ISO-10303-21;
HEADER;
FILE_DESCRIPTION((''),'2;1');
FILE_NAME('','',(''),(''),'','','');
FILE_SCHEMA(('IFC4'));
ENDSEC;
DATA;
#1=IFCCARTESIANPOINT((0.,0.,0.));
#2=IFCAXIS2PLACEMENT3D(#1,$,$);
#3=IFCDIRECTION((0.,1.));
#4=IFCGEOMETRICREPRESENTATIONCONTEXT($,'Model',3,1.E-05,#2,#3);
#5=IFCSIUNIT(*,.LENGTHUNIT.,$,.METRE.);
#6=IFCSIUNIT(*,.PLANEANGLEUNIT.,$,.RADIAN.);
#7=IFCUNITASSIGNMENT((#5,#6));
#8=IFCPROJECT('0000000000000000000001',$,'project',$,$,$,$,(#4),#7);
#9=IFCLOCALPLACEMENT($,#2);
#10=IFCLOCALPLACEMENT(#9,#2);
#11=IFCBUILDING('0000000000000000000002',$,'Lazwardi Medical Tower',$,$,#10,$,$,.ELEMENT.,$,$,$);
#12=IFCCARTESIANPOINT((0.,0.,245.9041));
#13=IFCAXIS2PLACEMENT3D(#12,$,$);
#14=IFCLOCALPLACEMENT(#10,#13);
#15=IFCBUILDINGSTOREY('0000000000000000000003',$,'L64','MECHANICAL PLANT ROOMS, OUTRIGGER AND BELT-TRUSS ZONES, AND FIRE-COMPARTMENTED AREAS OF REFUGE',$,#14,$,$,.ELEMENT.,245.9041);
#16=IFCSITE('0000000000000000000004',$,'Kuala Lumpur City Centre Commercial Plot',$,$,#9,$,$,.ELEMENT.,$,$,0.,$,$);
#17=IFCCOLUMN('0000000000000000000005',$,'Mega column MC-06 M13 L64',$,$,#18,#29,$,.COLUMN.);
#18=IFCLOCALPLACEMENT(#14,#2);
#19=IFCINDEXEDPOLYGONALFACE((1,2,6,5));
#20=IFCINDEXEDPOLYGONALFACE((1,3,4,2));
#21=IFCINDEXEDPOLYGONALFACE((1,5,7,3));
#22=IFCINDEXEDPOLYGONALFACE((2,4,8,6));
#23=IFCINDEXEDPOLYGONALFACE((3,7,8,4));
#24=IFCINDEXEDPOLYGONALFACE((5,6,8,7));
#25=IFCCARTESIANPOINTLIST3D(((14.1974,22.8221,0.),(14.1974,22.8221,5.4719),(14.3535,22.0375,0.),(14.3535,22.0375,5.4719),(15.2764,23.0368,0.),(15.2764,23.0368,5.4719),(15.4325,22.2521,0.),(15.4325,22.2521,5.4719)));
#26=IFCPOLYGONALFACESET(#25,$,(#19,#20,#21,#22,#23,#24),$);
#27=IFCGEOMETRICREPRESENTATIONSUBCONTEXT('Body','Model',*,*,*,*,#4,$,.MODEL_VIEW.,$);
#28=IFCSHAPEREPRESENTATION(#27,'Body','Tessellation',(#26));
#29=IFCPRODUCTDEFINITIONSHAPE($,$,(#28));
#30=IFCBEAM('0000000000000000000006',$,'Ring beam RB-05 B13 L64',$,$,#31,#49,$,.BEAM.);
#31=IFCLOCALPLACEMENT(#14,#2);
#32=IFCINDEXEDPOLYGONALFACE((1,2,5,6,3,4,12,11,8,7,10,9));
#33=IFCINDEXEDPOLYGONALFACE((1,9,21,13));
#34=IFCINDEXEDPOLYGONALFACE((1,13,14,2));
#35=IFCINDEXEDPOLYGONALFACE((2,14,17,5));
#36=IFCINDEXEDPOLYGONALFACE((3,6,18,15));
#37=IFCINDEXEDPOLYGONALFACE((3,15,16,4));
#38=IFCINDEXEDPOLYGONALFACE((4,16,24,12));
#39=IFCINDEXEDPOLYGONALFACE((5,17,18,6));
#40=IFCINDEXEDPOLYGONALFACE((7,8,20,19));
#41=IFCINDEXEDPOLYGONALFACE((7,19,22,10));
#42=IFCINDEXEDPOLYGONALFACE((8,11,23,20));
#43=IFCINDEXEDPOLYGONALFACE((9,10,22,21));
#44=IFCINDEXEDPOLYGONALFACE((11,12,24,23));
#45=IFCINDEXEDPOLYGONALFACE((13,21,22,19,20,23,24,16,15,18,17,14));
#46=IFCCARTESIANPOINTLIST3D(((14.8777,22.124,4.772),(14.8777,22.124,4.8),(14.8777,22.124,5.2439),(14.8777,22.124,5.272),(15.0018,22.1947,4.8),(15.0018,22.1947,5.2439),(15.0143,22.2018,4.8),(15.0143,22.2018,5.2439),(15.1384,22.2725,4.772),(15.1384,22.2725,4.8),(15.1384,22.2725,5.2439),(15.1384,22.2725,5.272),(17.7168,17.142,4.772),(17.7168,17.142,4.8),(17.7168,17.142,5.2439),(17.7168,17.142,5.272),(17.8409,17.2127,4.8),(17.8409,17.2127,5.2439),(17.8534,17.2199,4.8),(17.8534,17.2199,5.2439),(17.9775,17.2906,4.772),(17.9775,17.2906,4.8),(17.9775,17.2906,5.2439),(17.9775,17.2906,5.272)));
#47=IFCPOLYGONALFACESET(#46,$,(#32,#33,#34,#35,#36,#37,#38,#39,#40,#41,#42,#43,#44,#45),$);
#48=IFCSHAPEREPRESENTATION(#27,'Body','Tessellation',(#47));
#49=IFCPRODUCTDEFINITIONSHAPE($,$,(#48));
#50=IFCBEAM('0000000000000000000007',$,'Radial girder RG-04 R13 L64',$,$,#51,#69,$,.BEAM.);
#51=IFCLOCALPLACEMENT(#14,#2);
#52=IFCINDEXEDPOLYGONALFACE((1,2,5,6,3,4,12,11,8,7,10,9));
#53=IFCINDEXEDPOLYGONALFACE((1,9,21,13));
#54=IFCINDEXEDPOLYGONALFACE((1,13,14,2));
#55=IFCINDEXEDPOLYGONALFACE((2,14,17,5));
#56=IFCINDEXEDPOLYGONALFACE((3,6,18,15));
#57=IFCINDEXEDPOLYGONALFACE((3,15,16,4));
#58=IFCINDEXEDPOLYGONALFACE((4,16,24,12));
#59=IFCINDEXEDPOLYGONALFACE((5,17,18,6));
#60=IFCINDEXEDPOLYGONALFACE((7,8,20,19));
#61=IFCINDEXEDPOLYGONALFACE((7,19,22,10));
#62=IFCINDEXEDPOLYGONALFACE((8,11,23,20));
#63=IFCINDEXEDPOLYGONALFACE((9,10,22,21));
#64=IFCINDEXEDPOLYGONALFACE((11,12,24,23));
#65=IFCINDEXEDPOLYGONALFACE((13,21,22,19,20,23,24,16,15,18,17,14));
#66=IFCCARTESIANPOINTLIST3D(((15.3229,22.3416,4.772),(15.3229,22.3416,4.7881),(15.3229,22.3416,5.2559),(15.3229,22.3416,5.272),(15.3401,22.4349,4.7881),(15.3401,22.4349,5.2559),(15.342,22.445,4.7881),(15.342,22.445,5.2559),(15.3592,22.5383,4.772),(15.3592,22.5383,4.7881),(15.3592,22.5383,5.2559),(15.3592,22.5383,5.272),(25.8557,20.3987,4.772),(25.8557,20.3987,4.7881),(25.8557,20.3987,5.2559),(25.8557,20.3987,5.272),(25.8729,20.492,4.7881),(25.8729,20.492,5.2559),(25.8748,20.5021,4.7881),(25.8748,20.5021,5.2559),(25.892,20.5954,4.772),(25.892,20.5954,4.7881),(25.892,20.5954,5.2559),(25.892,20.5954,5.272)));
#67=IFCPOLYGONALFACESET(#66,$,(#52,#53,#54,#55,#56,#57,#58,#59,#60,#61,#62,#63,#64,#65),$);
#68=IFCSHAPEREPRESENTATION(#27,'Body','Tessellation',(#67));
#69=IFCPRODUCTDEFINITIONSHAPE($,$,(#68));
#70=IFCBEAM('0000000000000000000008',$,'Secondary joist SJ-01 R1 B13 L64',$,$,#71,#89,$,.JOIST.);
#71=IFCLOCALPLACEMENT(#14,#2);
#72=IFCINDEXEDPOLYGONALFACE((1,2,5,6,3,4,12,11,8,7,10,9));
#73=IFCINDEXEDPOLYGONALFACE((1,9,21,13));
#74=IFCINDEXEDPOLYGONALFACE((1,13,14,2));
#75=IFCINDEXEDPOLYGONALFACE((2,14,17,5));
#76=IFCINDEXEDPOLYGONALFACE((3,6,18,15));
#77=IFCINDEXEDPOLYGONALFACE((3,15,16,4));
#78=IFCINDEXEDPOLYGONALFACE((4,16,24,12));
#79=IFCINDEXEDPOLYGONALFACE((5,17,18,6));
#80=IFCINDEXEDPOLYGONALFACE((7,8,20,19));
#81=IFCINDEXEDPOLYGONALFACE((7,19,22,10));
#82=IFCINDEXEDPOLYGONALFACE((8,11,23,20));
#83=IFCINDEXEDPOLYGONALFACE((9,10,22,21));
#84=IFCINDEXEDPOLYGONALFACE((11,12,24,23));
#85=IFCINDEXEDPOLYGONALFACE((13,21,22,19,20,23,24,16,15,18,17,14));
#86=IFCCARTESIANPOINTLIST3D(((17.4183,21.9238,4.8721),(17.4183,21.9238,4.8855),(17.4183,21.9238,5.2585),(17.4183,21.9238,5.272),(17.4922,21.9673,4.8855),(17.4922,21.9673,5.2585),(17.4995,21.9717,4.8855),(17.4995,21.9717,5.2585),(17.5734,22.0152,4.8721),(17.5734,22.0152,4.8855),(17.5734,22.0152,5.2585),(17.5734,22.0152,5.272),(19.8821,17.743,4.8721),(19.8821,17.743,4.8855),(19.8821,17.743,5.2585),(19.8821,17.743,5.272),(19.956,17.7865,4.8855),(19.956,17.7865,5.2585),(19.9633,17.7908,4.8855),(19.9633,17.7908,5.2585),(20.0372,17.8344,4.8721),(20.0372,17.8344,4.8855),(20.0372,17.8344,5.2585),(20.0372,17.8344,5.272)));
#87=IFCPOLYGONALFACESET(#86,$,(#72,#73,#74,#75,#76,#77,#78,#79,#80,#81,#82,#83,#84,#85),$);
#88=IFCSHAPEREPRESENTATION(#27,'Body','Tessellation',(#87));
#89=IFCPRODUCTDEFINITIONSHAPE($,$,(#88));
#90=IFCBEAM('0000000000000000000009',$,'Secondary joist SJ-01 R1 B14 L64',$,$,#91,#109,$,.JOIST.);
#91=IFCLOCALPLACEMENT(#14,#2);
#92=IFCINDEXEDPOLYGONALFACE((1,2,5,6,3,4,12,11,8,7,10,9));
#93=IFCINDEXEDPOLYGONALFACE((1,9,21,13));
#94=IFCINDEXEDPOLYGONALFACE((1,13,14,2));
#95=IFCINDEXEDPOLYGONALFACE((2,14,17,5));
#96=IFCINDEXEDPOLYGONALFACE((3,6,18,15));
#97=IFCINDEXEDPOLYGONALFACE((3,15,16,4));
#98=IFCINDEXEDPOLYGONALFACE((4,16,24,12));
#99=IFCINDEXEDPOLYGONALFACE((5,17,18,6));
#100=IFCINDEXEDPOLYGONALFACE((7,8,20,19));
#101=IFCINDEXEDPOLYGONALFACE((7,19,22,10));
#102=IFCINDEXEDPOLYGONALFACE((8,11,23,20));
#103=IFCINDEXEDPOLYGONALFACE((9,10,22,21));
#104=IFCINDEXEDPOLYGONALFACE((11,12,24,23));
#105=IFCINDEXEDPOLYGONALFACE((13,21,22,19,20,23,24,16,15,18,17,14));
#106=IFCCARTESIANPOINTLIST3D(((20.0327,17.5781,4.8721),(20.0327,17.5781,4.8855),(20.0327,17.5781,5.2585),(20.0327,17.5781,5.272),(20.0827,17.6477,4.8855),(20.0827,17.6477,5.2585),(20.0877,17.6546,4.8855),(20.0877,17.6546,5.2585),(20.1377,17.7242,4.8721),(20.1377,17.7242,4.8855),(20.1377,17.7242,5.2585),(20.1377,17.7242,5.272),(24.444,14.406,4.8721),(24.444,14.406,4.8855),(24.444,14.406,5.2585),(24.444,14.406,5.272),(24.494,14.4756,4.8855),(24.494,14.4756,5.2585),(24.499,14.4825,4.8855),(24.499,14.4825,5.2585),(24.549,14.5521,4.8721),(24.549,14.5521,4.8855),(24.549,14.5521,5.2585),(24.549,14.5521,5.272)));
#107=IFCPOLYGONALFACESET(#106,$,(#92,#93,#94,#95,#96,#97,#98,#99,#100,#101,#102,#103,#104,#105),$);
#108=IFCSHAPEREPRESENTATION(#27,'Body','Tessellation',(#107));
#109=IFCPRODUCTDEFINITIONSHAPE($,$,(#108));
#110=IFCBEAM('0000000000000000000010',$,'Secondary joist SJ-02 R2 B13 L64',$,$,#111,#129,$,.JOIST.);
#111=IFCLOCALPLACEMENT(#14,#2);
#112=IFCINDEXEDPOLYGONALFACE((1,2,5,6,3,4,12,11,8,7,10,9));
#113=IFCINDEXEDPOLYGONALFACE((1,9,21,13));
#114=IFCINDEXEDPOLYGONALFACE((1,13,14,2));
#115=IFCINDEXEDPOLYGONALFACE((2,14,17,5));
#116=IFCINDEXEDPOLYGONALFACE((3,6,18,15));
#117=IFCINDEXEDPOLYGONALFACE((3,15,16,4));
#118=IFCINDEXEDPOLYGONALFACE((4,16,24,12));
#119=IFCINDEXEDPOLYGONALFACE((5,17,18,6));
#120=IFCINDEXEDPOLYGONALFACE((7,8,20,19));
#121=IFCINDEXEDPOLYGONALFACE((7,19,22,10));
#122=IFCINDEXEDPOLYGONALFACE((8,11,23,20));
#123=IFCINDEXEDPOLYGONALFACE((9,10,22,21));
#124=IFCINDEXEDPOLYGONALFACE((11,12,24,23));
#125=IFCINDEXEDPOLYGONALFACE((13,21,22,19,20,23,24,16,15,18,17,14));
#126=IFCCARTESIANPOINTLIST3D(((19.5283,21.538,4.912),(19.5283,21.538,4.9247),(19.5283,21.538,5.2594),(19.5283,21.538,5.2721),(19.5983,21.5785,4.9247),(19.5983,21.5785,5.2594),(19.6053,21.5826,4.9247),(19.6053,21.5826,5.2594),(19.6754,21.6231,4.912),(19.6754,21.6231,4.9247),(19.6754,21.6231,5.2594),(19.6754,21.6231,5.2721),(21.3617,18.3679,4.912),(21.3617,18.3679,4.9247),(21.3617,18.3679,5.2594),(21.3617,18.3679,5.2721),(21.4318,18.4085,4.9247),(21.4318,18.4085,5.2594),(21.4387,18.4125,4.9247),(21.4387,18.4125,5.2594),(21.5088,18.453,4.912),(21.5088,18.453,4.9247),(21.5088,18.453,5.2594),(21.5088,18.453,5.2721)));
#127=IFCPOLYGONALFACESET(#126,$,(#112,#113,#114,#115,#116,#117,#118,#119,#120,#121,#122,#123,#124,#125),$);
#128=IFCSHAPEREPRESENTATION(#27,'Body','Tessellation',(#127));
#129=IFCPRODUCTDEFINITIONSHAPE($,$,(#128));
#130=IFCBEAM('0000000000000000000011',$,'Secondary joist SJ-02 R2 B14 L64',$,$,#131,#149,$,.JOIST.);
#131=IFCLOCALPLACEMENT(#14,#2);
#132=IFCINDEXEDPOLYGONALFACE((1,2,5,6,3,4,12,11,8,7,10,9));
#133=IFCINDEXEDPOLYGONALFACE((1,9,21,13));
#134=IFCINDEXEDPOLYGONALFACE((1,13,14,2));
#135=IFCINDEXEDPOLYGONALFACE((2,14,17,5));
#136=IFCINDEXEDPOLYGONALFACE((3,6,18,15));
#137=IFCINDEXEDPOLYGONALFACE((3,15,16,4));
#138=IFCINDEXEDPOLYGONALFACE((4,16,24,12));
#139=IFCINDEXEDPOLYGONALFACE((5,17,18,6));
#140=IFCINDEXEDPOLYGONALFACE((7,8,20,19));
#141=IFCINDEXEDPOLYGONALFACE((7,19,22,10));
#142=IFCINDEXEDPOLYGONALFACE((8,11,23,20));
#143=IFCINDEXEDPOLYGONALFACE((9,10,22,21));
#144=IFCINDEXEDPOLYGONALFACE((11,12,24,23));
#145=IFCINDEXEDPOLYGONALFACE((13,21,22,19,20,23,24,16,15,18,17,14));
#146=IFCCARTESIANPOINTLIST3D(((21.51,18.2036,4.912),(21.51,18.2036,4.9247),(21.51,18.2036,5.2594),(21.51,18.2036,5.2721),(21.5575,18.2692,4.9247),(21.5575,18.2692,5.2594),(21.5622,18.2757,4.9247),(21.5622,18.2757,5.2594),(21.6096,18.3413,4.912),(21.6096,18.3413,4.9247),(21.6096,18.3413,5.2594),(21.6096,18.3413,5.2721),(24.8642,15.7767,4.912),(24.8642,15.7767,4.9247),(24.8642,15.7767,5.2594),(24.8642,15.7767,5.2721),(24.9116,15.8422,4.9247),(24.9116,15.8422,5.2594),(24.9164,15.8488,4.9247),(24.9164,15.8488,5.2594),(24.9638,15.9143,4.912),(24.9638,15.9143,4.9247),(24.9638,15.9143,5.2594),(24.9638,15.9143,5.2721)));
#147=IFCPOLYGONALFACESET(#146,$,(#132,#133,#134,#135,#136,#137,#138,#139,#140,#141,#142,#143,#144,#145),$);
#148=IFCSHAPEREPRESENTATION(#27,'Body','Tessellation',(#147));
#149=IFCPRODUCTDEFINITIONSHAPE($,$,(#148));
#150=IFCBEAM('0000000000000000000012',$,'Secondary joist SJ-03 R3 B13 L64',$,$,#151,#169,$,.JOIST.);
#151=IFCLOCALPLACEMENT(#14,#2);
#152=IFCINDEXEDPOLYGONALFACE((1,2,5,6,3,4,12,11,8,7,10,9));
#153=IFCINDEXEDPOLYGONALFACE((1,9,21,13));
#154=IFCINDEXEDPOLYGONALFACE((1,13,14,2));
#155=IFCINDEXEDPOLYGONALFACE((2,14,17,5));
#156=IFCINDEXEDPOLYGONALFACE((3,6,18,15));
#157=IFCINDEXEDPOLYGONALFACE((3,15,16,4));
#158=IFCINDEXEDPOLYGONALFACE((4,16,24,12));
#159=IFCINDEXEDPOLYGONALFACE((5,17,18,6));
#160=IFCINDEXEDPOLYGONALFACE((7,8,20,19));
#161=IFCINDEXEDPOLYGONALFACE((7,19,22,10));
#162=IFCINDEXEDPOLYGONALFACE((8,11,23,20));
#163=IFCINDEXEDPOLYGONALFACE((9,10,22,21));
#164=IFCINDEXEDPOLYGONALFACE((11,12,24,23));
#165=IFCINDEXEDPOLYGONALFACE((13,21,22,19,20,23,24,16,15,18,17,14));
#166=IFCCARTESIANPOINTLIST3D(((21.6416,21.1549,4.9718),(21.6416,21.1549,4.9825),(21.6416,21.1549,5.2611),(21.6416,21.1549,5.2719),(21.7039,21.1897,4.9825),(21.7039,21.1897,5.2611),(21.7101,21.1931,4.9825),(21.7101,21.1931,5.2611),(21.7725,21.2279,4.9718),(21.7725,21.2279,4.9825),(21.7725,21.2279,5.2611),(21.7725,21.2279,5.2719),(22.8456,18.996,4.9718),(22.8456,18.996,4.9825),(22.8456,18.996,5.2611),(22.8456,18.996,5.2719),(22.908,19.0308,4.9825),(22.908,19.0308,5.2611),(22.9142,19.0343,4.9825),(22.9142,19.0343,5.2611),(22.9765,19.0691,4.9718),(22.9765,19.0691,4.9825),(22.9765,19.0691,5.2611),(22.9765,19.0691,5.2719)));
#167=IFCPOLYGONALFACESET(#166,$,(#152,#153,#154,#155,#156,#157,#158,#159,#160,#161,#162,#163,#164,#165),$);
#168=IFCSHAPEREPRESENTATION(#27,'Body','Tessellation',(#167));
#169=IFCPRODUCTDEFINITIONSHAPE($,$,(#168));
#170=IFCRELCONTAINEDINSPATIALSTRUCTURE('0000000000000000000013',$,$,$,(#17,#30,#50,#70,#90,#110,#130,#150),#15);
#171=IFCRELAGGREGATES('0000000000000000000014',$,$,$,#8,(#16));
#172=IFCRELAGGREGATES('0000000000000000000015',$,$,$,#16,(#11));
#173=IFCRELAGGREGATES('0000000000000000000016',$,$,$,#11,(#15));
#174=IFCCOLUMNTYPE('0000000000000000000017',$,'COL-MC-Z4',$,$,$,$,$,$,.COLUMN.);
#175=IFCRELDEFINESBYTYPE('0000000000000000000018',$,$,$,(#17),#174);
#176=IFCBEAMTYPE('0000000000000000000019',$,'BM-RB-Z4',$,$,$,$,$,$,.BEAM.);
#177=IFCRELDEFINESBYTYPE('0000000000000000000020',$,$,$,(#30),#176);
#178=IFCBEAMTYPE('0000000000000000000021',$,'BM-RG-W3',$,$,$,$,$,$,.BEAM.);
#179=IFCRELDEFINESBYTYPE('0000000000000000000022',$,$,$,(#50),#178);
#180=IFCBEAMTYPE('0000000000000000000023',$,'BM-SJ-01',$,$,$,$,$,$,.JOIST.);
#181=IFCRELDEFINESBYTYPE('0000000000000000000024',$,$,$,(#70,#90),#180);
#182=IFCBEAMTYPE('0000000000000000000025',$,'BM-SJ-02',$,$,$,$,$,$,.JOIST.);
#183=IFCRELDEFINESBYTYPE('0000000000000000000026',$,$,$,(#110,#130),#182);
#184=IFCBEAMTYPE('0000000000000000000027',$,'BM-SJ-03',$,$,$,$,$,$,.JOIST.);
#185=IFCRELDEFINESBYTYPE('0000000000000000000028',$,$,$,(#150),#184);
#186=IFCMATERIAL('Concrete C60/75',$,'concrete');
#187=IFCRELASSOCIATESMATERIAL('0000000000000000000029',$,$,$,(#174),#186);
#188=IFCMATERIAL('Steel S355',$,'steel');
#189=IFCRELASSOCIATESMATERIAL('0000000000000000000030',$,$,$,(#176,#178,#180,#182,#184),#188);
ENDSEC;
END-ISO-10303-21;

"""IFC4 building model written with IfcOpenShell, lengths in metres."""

from ifc_helpers import new_model, si_unit, direction, frame, origin, origin_2d, place, context, subcontext, project, spatial, rectangle, i_section, extrude, material, material_profile, profile_set, type_object, element, save


model = new_model("IFC4")

# Units and contexts
model_context = context("Model", 3, precision=1e-05, world=origin(), true_north=direction((0.0, 1.0)))
body_context = subcontext(model_context, "Body", "Model", "MODEL_VIEW")
ifc_project = project(units=[si_unit("LENGTHUNIT", "METRE"), si_unit("PLANEANGLEUNIT", "RADIAN")], contexts=[model_context])

# Site, building, storey
site_placement = place(None, origin())
site = spatial("IfcSite", under=ifc_project, at=site_placement, Name="Kuala Lumpur City Centre Commercial Plot", CompositionType="ELEMENT", RefElevation=0.0)
building_placement = place(site_placement, origin())
building = spatial("IfcBuilding", under=site, at=building_placement, Name="Lazwardi Medical Tower", CompositionType="ELEMENT")
storey_placement = place(building_placement, frame((0.0, 0.0, 245.9041)))
storey = spatial("IfcBuildingStorey", under=building, at=storey_placement, Name="L64", Description="MECHANICAL PLANT ROOMS, OUTRIGGER AND BELT-TRUSS ZONES, AND FIRE-COMPARTMENTED AREAS OF REFUGE", CompositionType="ELEMENT", Elevation=245.9041)

# Column
ifc_material_1 = material(Name="Concrete C60/75", Category="concrete")
ifc_material_profile_1 = material_profile(ifc_material_1, rectangle(XDim=1.1001, YDim=0.8, at=origin_2d()), Name="CFT-RECT 1100x800")
ifc_profile_set_1 = profile_set([ifc_material_profile_1], Name="Concrete C60/75")
column_type = type_object("IfcColumnType", Name="COL-MC-Z4", PredefinedType="COLUMN", material=ifc_profile_set_1)
column_placement = place(storey_placement, frame((14.8149, 22.5371, 0.0), z_axis=(0.0, 0.0, 1.0), x_axis=(-0.980785, -0.19509, 0.0)))
element("IfcColumn", 1, at=column_placement, inside=storey, type_object=column_type, Name="Mega column MC-06 M13 L64", PredefinedType="COLUMN", context=body_context, shape_type="SweptSolid", body=[
    extrude(rectangle(XDim=1.1001, YDim=0.8, at=origin_2d()), origin(), (0.0, 0.0, 1.0), 5.4719),
])

# Beams
ifc_material_2 = material(Name="Steel S355", Category="steel")
ifc_material_profile_2 = material_profile(ifc_material_2, i_section(OverallWidth=0.3, OverallDepth=0.5, WebThickness=0.0144, FlangeThickness=0.0281, at=origin_2d()), Name="HEB 500")
ifc_profile_set_2 = profile_set([ifc_material_profile_2], Name="Steel S355")
beam_type_1 = type_object("IfcBeamType", Name="BM-RB-Z4", PredefinedType="BEAM", material=ifc_profile_set_2)
beam_1_placement = place(storey_placement, frame((15.0081, 22.1982, 5.022), z_axis=(0.495125, -0.868822, 0.0), x_axis=(0.868822, 0.495125, 0.0)))
element("IfcBeam", 2, at=beam_1_placement, inside=storey, type_object=beam_type_1, Name="Ring beam RB-05 B13 L64", PredefinedType="BEAM", context=body_context, shape_type="SweptSolid", body=[
    extrude(i_section(OverallWidth=0.3, OverallDepth=0.5, WebThickness=0.0144, FlangeThickness=0.0281, at=origin_2d()), origin(), (0.0, 0.0, 1.0), 5.7341),
])
ifc_material_profile_3 = material_profile(ifc_material_2, i_section(OverallWidth=0.2, OverallDepth=0.5, WebThickness=0.0103, FlangeThickness=0.0161, at=origin_2d()), Name="IPE 500")
ifc_profile_set_3 = profile_set([ifc_material_profile_3], Name="Steel S355")
beam_type_2 = type_object("IfcBeamType", Name="BM-RG-W3", PredefinedType="BEAM", material=ifc_profile_set_3)
beam_2_placement = place(storey_placement, frame((15.3411, 22.4399, 5.022), z_axis=(0.983409, -0.1814, 0.0), x_axis=(0.1814, 0.983409, 0.0)))
element("IfcBeam", 3, at=beam_2_placement, inside=storey, type_object=beam_type_2, Name="Radial girder RG-04 R13 L64", PredefinedType="BEAM", context=body_context, shape_type="SweptSolid", body=[
    extrude(i_section(OverallWidth=0.2, OverallDepth=0.5, WebThickness=0.0103, FlangeThickness=0.0161, at=origin_2d()), origin(), (0.0, 0.0, 1.0), 10.7104),
])
ifc_material_profile_4 = material_profile(ifc_material_2, i_section(OverallWidth=0.1799, OverallDepth=0.3999, WebThickness=0.0085, FlangeThickness=0.0134, at=origin_2d()), Name="IPE 400")
ifc_profile_set_4 = profile_set([ifc_material_profile_4], Name="Steel S355")
beam_type_3 = type_object("IfcBeamType", Name="BM-SJ-01", PredefinedType="JOIST", material=ifc_profile_set_4)
beam_3_placement = place(storey_placement, frame((17.4958, 21.9695, 5.072), z_axis=(0.50771, -0.861528, 0.0), x_axis=(0.861528, 0.50771, 0.0)))
element("IfcBeam", 4, at=beam_3_placement, inside=storey, type_object=beam_type_3, Name="Secondary joist SJ-01 R1 B13 L64", PredefinedType="JOIST", context=body_context, shape_type="SweptSolid", body=[
    extrude(i_section(OverallWidth=0.1799, OverallDepth=0.3999, WebThickness=0.0085, FlangeThickness=0.0134, at=origin_2d()), origin(), (0.0, 0.0, 1.0), 4.8528),
])
beam_4_placement = place(storey_placement, frame((20.0852, 17.6511, 5.072), z_axis=(0.81189, -0.583811, 0.0), x_axis=(0.583811, 0.81189, 0.0)))
element("IfcBeam", 5, at=beam_4_placement, inside=storey, type_object=beam_type_3, Name="Secondary joist SJ-01 R1 B14 L64", PredefinedType="JOIST", context=body_context, shape_type="SweptSolid", body=[
    extrude(i_section(OverallWidth=0.1799, OverallDepth=0.3999, WebThickness=0.0085, FlangeThickness=0.0134, at=origin_2d()), origin(), (0.0, 0.0, 1.0), 5.4333),
])
ifc_material_profile_5 = material_profile(ifc_material_2, i_section(OverallWidth=0.1699, OverallDepth=0.3601, WebThickness=0.0081, FlangeThickness=0.0127, at=origin_2d()), Name="IPE 360")
ifc_profile_set_5 = profile_set([ifc_material_profile_5], Name="Steel S355")
beam_type_4 = type_object("IfcBeamType", Name="BM-SJ-02", PredefinedType="JOIST", material=ifc_profile_set_5)
beam_5_placement = place(storey_placement, frame((19.6018, 21.5806, 5.092), z_axis=(0.500655, -0.865647, 0.0), x_axis=(0.865647, 0.500655, 0.0)))
element("IfcBeam", 6, at=beam_5_placement, inside=storey, type_object=beam_type_4, Name="Secondary joist SJ-02 R2 B13 L64", PredefinedType="JOIST", context=body_context, shape_type="SweptSolid", body=[
    extrude(i_section(OverallWidth=0.1699, OverallDepth=0.3601, WebThickness=0.0081, FlangeThickness=0.0127, at=origin_2d()), origin(), (0.0, 0.0, 1.0), 3.6621),
])
beam_6_placement = place(storey_placement, frame((21.5598, 18.2725, 5.092), z_axis=(0.810164, -0.586203, 0.0), x_axis=(0.586203, 0.810164, 0.0)))
element("IfcBeam", 7, at=beam_6_placement, inside=storey, type_object=beam_type_4, Name="Secondary joist SJ-02 R2 B14 L64", PredefinedType="JOIST", context=body_context, shape_type="SweptSolid", body=[
    extrude(i_section(OverallWidth=0.1699, OverallDepth=0.3601, WebThickness=0.0081, FlangeThickness=0.0127, at=origin_2d()), origin(), (0.0, 0.0, 1.0), 4.1401),
])
ifc_material_profile_6 = material_profile(ifc_material_2, i_section(OverallWidth=0.1499, OverallDepth=0.3, WebThickness=0.0071, FlangeThickness=0.0107, at=origin_2d()), Name="IPE 300")
ifc_profile_set_6 = profile_set([ifc_material_profile_6], Name="Steel S355")
beam_type_5 = type_object("IfcBeamType", Name="BM-SJ-03", PredefinedType="JOIST", material=ifc_profile_set_6)
beam_7_placement = place(storey_placement, frame((21.707, 21.1914, 5.1218), z_axis=(0.487093, -0.87335, 0.0), x_axis=(0.87335, 0.487093, 0.0)))
element("IfcBeam", 8, at=beam_7_placement, inside=storey, type_object=beam_type_5, Name="Secondary joist SJ-03 R3 B13 L64", PredefinedType="JOIST", context=body_context, shape_type="SweptSolid", body=[
    extrude(i_section(OverallWidth=0.1499, OverallDepth=0.3, WebThickness=0.0071, FlangeThickness=0.0107, at=origin_2d()), origin(), (0.0, 0.0, 1.0), 2.4719),
])

save(model, "model.ifc")
